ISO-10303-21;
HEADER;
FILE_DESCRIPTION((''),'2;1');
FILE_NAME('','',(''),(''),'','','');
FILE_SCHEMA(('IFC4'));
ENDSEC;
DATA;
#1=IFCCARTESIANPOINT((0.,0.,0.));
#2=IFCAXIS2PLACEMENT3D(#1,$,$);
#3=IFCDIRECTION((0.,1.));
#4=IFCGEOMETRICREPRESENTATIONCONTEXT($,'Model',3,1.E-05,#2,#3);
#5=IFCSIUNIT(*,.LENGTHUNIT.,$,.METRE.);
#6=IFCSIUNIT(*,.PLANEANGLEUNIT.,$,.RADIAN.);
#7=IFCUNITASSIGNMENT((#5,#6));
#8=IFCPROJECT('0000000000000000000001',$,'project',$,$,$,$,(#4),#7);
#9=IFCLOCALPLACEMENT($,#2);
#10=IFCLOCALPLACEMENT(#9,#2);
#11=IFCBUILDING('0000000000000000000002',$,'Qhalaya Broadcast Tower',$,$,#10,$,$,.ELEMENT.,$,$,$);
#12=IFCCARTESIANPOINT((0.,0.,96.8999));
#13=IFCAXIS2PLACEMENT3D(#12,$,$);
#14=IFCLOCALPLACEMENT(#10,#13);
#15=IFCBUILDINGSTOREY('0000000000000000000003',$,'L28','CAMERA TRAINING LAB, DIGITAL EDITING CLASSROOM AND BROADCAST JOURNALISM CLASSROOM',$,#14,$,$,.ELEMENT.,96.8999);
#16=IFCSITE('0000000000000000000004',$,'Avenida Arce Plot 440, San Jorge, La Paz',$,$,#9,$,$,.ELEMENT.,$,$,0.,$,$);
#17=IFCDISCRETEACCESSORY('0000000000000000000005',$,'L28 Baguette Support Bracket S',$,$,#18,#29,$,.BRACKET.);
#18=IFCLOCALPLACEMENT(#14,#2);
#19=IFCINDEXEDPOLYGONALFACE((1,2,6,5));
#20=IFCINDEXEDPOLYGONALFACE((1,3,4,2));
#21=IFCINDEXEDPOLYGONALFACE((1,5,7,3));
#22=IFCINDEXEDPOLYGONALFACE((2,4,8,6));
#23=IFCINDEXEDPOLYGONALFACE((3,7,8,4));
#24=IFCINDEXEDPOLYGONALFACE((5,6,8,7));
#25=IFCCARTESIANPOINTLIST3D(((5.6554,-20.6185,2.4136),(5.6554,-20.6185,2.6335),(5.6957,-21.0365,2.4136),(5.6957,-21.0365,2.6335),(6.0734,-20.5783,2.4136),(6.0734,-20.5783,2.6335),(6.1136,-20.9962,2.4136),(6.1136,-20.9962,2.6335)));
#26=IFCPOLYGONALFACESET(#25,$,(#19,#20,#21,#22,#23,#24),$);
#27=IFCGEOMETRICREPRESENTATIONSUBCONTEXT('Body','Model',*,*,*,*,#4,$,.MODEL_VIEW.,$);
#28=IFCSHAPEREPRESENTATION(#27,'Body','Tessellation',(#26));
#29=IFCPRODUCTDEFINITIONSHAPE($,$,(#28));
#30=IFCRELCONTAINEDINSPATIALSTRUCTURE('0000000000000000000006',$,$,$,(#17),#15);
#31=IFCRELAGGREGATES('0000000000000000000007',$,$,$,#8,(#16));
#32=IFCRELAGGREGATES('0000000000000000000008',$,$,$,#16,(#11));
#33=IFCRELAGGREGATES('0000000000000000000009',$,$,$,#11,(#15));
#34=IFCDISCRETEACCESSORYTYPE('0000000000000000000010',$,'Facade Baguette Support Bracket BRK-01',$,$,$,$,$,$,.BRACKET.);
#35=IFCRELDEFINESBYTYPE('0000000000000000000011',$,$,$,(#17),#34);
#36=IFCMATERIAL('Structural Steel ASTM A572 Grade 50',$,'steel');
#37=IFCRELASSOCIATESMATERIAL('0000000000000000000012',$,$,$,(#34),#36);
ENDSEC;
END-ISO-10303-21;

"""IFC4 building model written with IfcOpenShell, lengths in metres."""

from ifc_helpers import new_model, si_unit, direction, frame, origin, origin_2d, place, context, subcontext, project, spatial, rectangle, extrude, material, type_object, element, save


model = new_model("IFC4")

# Units and contexts
model_context = context("Model", 3, precision=1e-05, world=origin(), true_north=direction((0.0, 1.0)))
body_context = subcontext(model_context, "Body", "Model", "MODEL_VIEW")
ifc_project = project(units=[si_unit("LENGTHUNIT", "METRE"), si_unit("PLANEANGLEUNIT", "RADIAN")], contexts=[model_context])

# Site, building, storey
site_placement = place(None, origin())
site = spatial("IfcSite", under=ifc_project, at=site_placement, Name="Avenida Arce Plot 440, San Jorge, La Paz", CompositionType="ELEMENT", RefElevation=0.0)
building_placement = place(site_placement, origin())
building = spatial("IfcBuilding", under=site, at=building_placement, Name="Qhalaya Broadcast Tower", CompositionType="ELEMENT")
storey_placement = place(building_placement, frame((0.0, 0.0, 96.8999)))
storey = spatial("IfcBuildingStorey", under=building, at=storey_placement, Name="L28", Description="CAMERA TRAINING LAB, DIGITAL EDITING CLASSROOM AND BROADCAST JOURNALISM CLASSROOM", CompositionType="ELEMENT", Elevation=96.8999)

# Shared definitions
ifc_material_1 = material(Name="Structural Steel ASTM A572 Grade 50", Category="steel")

# Discrete accessory
discrete_accessory_type = type_object("IfcDiscreteAccessoryType", Name="Facade Baguette Support Bracket BRK-01", PredefinedType="BRACKET", material=ifc_material_1)
discrete_accessory_placement = place(storey_placement, frame((5.8845, -20.8074, 2.4136), z_axis=(0.0, 0.0, 1.0), x_axis=(0.995396, 0.095846, 0.0)))
element("IfcDiscreteAccessory", 1, at=discrete_accessory_placement, inside=storey, type_object=discrete_accessory_type, Name="L28 Baguette Support Bracket S", PredefinedType="BRACKET", context=body_context, shape_type="SweptSolid", body=[
    extrude(rectangle(XDim=0.4199, YDim=0.4199, at=origin_2d()), origin(), (0.0, 0.0, 1.0), 0.22),
])

save(model, "model.ifc")
